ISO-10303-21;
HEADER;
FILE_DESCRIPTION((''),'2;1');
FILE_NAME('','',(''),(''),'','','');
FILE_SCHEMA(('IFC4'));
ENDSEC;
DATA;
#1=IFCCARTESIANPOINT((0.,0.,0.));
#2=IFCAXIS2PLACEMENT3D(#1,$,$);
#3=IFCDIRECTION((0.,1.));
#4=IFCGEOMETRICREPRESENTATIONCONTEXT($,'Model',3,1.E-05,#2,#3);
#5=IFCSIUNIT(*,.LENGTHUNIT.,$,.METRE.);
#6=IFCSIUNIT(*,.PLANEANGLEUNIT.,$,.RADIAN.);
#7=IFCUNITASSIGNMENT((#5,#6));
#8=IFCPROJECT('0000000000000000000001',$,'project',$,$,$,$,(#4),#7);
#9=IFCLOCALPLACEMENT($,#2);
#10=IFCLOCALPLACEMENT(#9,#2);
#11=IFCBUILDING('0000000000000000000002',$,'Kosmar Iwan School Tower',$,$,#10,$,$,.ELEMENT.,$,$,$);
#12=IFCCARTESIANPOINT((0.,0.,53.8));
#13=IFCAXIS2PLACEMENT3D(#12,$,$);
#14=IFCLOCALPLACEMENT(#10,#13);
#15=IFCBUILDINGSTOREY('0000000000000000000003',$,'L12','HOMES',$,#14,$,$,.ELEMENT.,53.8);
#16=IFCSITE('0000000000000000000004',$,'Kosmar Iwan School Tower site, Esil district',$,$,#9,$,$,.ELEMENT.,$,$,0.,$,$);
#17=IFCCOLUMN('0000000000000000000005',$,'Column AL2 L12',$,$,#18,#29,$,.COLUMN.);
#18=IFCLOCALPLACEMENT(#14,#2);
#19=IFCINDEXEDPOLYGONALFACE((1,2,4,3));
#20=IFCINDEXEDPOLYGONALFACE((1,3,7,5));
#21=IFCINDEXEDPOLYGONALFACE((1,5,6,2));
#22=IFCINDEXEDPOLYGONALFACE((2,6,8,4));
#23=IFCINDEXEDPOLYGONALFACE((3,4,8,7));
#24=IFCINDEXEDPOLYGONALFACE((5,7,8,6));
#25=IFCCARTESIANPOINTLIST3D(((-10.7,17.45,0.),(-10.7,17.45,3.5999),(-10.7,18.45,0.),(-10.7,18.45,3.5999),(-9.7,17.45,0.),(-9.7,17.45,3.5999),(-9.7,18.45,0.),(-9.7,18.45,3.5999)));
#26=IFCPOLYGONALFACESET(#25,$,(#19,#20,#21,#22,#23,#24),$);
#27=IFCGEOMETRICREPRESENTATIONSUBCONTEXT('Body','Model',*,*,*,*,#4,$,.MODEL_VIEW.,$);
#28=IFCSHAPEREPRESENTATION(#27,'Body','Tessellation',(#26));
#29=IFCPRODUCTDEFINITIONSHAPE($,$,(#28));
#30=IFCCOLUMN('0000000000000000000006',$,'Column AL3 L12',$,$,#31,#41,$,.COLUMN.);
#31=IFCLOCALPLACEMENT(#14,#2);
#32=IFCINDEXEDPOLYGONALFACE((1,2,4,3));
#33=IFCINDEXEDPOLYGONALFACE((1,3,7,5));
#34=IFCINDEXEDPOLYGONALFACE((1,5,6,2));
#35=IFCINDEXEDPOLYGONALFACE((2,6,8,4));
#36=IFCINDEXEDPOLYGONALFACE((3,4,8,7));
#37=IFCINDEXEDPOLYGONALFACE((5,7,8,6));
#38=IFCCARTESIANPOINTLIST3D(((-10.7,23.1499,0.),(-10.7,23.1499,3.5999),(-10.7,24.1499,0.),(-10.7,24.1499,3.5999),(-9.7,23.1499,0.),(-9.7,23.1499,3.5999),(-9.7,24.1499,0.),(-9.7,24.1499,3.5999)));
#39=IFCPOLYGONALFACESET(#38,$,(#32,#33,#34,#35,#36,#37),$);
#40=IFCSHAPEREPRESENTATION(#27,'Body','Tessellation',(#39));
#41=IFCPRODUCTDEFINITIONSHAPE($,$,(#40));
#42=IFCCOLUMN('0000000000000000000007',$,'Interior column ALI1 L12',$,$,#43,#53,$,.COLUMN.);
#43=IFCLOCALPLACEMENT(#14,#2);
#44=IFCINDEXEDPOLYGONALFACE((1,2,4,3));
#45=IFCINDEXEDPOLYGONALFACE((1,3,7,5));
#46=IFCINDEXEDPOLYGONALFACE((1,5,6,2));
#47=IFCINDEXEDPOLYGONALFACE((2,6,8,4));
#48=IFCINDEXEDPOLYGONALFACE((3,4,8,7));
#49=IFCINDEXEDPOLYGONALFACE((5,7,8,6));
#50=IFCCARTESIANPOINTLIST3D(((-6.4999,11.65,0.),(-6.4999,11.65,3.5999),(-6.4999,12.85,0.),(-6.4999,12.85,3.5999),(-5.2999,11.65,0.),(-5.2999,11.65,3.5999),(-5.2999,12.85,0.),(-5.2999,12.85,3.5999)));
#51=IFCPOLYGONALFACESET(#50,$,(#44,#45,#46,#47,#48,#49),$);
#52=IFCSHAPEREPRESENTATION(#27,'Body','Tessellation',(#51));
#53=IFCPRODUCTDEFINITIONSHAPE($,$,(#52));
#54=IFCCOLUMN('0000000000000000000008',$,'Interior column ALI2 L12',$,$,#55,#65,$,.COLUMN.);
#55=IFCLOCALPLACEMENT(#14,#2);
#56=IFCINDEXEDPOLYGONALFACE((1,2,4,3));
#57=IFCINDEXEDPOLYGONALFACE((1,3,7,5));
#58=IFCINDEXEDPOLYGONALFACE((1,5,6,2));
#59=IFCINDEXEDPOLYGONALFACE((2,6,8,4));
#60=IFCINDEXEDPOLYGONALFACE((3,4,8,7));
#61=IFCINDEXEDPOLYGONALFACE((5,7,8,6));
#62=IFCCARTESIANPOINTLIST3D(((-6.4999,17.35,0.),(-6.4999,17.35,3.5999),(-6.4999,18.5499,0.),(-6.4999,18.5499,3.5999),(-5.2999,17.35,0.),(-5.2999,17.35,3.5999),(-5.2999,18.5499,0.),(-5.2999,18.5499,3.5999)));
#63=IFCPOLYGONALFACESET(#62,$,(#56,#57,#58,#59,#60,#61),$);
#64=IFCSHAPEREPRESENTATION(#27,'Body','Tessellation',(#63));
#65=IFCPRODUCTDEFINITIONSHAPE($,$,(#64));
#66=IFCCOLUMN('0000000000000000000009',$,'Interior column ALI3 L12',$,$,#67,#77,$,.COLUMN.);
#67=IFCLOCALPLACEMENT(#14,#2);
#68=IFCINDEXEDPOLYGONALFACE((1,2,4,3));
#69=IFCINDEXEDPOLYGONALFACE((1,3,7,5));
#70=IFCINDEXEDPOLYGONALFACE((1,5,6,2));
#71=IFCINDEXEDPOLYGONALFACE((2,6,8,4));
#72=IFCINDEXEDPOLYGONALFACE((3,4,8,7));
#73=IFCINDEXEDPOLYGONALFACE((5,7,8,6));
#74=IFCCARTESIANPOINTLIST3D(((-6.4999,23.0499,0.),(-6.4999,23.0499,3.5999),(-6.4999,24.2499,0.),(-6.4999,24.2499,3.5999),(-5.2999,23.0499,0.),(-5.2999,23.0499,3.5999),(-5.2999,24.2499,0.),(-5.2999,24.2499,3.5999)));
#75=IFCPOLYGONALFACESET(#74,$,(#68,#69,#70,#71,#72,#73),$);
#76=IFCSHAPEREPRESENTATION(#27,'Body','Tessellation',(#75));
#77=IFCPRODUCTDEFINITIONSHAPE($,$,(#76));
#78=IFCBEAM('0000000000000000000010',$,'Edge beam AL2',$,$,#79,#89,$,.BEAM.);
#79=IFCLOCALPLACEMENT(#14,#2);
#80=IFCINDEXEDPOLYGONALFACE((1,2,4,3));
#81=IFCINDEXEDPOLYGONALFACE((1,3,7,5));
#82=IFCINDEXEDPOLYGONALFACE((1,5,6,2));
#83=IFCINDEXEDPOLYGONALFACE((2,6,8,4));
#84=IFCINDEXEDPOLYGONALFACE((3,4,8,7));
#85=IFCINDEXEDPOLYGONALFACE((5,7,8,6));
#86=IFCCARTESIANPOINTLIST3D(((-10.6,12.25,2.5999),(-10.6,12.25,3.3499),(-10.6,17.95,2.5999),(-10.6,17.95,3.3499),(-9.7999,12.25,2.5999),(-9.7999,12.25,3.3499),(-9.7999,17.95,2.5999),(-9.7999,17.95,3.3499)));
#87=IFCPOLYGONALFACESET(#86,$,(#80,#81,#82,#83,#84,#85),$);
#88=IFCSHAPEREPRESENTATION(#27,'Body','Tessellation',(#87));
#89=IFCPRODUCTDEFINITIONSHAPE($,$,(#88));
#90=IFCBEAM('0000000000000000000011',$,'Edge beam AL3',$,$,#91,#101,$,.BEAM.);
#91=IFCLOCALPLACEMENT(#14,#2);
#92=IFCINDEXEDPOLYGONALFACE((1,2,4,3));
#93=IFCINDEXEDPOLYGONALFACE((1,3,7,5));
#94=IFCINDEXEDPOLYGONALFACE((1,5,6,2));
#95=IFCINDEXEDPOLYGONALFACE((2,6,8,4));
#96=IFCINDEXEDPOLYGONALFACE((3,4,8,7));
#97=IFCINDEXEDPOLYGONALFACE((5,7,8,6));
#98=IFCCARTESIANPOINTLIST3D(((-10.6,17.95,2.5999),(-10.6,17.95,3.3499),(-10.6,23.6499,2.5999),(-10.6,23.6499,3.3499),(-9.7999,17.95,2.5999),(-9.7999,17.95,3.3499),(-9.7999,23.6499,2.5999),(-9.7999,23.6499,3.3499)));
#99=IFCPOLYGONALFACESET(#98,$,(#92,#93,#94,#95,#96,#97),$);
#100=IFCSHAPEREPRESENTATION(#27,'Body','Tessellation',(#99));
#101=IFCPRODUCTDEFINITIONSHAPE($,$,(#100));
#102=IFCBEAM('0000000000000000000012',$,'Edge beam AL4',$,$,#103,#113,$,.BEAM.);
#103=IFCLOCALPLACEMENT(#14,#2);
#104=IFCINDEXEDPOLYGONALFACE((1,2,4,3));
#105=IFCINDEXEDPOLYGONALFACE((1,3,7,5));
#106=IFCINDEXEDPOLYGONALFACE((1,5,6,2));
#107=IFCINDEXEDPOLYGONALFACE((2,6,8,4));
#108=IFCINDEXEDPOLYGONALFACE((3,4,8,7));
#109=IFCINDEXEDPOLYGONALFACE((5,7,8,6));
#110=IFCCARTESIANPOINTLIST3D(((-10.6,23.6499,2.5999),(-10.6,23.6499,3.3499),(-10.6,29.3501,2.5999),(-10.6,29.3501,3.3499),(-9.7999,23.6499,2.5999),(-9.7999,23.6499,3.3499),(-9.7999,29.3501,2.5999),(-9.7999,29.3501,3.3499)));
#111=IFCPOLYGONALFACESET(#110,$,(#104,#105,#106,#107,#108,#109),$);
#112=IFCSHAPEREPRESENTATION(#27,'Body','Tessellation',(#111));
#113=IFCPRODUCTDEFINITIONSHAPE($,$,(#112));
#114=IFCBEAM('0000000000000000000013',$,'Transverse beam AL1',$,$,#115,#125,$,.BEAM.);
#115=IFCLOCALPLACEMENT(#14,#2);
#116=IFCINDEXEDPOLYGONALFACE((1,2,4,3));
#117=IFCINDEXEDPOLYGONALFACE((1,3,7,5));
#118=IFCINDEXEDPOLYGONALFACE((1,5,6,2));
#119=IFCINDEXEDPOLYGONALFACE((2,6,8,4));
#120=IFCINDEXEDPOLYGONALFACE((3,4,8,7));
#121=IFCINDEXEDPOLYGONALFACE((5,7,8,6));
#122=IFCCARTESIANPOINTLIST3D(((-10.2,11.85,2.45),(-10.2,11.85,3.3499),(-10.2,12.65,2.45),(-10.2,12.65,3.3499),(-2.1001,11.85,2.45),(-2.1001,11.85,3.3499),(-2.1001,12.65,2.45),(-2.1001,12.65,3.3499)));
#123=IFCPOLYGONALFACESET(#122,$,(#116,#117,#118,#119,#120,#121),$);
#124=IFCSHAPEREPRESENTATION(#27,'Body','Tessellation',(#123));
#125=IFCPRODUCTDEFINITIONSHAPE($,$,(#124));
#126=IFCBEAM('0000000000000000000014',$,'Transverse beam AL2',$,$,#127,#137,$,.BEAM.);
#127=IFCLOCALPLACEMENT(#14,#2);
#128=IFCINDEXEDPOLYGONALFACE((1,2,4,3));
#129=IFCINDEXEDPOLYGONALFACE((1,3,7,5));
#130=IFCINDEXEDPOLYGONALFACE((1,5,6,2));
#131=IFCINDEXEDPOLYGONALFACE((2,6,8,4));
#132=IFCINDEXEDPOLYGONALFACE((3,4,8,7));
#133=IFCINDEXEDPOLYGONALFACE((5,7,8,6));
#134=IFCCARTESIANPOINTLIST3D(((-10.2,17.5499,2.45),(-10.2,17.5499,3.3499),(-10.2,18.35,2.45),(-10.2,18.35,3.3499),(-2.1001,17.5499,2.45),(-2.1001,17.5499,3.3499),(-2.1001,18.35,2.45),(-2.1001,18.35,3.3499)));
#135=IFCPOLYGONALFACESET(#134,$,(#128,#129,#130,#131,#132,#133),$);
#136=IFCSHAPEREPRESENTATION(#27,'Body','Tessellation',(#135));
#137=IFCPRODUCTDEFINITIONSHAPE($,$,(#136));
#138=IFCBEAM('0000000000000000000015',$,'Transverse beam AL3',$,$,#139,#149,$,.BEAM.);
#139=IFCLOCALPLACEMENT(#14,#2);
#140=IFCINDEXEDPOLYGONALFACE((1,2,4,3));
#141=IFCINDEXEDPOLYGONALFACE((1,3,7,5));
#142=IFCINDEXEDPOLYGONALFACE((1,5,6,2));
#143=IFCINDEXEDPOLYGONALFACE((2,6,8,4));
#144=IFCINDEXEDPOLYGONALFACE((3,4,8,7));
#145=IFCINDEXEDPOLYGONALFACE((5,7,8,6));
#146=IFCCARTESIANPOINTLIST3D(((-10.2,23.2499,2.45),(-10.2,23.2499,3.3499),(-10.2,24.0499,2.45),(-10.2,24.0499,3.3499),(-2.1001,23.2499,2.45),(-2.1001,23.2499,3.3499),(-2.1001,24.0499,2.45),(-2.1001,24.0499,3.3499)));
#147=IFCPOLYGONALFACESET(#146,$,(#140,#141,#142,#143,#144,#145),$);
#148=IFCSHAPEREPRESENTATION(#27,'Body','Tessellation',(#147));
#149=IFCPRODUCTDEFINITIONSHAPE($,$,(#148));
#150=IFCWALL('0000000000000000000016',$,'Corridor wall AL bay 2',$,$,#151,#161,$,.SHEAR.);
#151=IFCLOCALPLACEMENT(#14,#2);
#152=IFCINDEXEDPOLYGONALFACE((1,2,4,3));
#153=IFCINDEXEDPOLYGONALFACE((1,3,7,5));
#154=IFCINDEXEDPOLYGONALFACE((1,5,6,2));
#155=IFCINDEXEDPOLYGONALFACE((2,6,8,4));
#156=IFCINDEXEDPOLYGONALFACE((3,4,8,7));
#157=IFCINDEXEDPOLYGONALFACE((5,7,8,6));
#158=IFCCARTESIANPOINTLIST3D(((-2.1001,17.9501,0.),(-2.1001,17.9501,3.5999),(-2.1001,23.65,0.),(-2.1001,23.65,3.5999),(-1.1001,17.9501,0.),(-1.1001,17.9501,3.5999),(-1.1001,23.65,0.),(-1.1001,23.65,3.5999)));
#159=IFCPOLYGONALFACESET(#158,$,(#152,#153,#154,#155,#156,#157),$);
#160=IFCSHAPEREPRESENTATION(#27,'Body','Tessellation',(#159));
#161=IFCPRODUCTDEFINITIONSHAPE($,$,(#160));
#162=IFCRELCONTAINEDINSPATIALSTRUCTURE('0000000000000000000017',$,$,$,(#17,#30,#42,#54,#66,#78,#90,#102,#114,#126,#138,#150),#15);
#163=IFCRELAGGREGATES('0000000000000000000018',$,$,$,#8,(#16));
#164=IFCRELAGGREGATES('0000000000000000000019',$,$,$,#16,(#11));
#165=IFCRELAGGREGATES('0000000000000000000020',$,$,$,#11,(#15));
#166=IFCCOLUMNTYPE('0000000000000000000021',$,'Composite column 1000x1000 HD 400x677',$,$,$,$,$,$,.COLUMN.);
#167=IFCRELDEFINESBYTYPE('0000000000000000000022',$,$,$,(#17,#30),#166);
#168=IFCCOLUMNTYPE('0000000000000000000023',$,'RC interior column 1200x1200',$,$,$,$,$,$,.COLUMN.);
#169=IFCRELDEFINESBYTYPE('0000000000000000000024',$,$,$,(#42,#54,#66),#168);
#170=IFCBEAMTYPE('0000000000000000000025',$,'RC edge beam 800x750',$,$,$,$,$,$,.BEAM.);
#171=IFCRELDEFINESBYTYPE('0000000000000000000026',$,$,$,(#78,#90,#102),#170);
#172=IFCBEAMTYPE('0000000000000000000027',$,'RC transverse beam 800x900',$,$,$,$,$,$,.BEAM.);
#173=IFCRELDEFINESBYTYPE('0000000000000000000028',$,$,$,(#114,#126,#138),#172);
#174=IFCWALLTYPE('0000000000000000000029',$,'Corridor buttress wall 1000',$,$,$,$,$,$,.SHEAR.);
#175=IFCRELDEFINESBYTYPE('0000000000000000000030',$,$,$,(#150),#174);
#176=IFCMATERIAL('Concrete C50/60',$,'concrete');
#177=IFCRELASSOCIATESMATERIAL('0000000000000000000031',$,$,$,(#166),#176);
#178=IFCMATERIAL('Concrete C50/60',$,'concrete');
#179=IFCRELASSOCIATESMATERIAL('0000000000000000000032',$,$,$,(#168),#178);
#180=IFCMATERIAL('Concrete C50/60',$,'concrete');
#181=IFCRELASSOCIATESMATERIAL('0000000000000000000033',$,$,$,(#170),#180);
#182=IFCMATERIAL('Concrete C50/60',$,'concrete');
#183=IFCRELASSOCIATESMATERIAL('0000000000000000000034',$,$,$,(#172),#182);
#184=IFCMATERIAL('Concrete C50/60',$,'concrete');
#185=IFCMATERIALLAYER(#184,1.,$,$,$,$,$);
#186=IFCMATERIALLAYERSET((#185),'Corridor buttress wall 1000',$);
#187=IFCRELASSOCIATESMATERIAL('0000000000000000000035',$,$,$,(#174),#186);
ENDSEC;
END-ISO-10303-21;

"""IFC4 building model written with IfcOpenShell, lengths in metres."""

from ifc_helpers import new_model, si_unit, direction, frame, frame_2d, origin, origin_2d, place, context, subcontext, project, spatial, rectangle, extrude, material, layer, layer_set, material_profile, profile_set, type_object, element, save


model = new_model("IFC4")

# Units and contexts
model_context = context("Model", 3, precision=1e-05, world=origin(), true_north=direction((0.0, 1.0)))
body_context = subcontext(model_context, "Body", "Model", "MODEL_VIEW")
ifc_project = project(units=[si_unit("LENGTHUNIT", "METRE"), si_unit("PLANEANGLEUNIT", "RADIAN")], contexts=[model_context])

# Site, building, storey
site_placement = place(None, origin())
site = spatial("IfcSite", under=ifc_project, at=site_placement, Name="Kosmar Iwan School Tower site, Esil district", CompositionType="ELEMENT", RefElevation=0.0)
building_placement = place(site_placement, origin())
building = spatial("IfcBuilding", under=site, at=building_placement, Name="Kosmar Iwan School Tower", CompositionType="ELEMENT")
storey_placement = place(building_placement, frame((0.0, 0.0, 53.8)))
storey = spatial("IfcBuildingStorey", under=building, at=storey_placement, Name="L12", Description="HOMES", CompositionType="ELEMENT", Elevation=53.8)

# Columns
ifc_material_1 = material(Name="Concrete C50/60", Category="concrete")
ifc_material_profile_1 = material_profile(ifc_material_1, rectangle(XDim=1.0, YDim=1.0, at=origin_2d()), Name="RC 1000x1000 + HD 400x677")
ifc_profile_set_1 = profile_set([ifc_material_profile_1], Name="Concrete C50/60")
column_type_1 = type_object("IfcColumnType", Name="Composite column 1000x1000 HD 400x677", PredefinedType="COLUMN", material=ifc_profile_set_1)
for number, where, z_axis, x_axis, name in (
    (1, (-10.2, 17.95, 0.0), (0.0, 0.0, 1.0), (0.0, 1.0, 0.0), "Column AL2 L12"),
    (2, (-10.2, 23.6499, 0.0), (0.0, 0.0, 1.0), (0.0, 1.0, 0.0), "Column AL3 L12"),
):
    element("IfcColumn", number, at=place(storey_placement, frame(where, z_axis=z_axis, x_axis=x_axis)), inside=storey, type_object=column_type_1, Name=name, PredefinedType="COLUMN", context=body_context, shape_type="SweptSolid", body=[
        extrude(rectangle(XDim=1.0, YDim=1.0, at=origin_2d()), origin(), (0.0, 0.0, 1.0), 3.5999),
    ])
ifc_material_2 = material(Name="Concrete C50/60", Category="concrete")
ifc_material_profile_2 = material_profile(ifc_material_2, rectangle(XDim=1.2, YDim=1.2, at=origin_2d()), Name="RC 1200x1200")
ifc_profile_set_2 = profile_set([ifc_material_profile_2], Name="Concrete C50/60")
column_type_2 = type_object("IfcColumnType", Name="RC interior column 1200x1200", PredefinedType="COLUMN", material=ifc_profile_set_2)
for number, where, z_axis, x_axis, name in (
    (3, (-5.8999, 12.25, 0.0), (0.0, 0.0, 1.0), (0.0, 1.0, 0.0), "Interior column ALI1 L12"),
    (4, (-5.8999, 17.95, 0.0), (0.0, 0.0, 1.0), (0.0, 1.0, 0.0), "Interior column ALI2 L12"),
    (5, (-5.8999, 23.6499, 0.0), (0.0, 0.0, 1.0), (0.0, 1.0, 0.0), "Interior column ALI3 L12"),
):
    element("IfcColumn", number, at=place(storey_placement, frame(where, z_axis=z_axis, x_axis=x_axis)), inside=storey, type_object=column_type_2, Name=name, PredefinedType="COLUMN", context=body_context, shape_type="SweptSolid", body=[
        extrude(rectangle(XDim=1.2, YDim=1.2, at=origin_2d()), origin(), (0.0, 0.0, 1.0), 3.5999),
    ])

# Beams
ifc_material_3 = material(Name="Concrete C50/60", Category="concrete")
ifc_material_profile_3 = material_profile(ifc_material_3, rectangle(XDim=0.8, YDim=0.75, at=origin_2d()), Name="RC 800x750")
ifc_profile_set_3 = profile_set([ifc_material_profile_3], Name="Concrete C50/60")
beam_type_1 = type_object("IfcBeamType", Name="RC edge beam 800x750", PredefinedType="BEAM", material=ifc_profile_set_3)
for number, where, z_axis, x_axis, name in (
    (6, (-10.2, 12.25, 2.9749), (0.0, 1.0, 0.0), (-1.0, 0.0, 0.0), "Edge beam AL2"),
    (7, (-10.2, 17.95, 2.9749), (0.0, 1.0, 0.0), (-1.0, 0.0, 0.0), "Edge beam AL3"),
):
    element("IfcBeam", number, at=place(storey_placement, frame(where, z_axis=z_axis, x_axis=x_axis)), inside=storey, type_object=beam_type_1, Name=name, PredefinedType="BEAM", context=body_context, shape_type="SweptSolid", body=[
        extrude(rectangle(XDim=0.8, YDim=0.75, at=origin_2d()), origin(), (0.0, 0.0, 1.0), 5.7),
    ])
beam_placement = place(storey_placement, frame((-10.2, 23.6499, 2.9749), z_axis=(0.0, 1.0, 0.0), x_axis=(-1.0, 0.0, 0.0)))
element("IfcBeam", 8, at=beam_placement, inside=storey, type_object=beam_type_1, Name="Edge beam AL4", PredefinedType="BEAM", context=body_context, shape_type="SweptSolid", body=[
    extrude(rectangle(XDim=0.8, YDim=0.75, at=origin_2d()), origin(), (0.0, 0.0, 1.0), 5.7002),
])
ifc_material_4 = material(Name="Concrete C50/60", Category="concrete")
ifc_material_profile_4 = material_profile(ifc_material_4, rectangle(XDim=0.8, YDim=0.8999, at=origin_2d()), Name="RC 800x900")
ifc_profile_set_4 = profile_set([ifc_material_profile_4], Name="Concrete C50/60")
beam_type_2 = type_object("IfcBeamType", Name="RC transverse beam 800x900", PredefinedType="BEAM", material=ifc_profile_set_4)
for number, where, z_axis, x_axis, name in (
    (9, (-10.2, 12.25, 2.8999), (1.0, 0.0, 0.0), (0.0, 1.0, 0.0), "Transverse beam AL1"),
    (10, (-10.2, 17.95, 2.8999), (1.0, 0.0, 0.0), (0.0, 1.0, 0.0), "Transverse beam AL2"),
    (11, (-10.2, 23.6499, 2.8999), (1.0, 0.0, 0.0), (0.0, 1.0, 0.0), "Transverse beam AL3"),
):
    element("IfcBeam", number, at=place(storey_placement, frame(where, z_axis=z_axis, x_axis=x_axis)), inside=storey, type_object=beam_type_2, Name=name, PredefinedType="BEAM", context=body_context, shape_type="SweptSolid", body=[
        extrude(rectangle(XDim=0.8, YDim=0.8999, at=origin_2d()), origin(), (0.0, 0.0, 1.0), 8.0999),
    ])

# Wall
ifc_material_5 = material(Name="Concrete C50/60", Category="concrete")
ifc_layer_1 = layer(ifc_material_5, 1.0)
ifc_layer_set_1 = layer_set([ifc_layer_1], Name="Corridor buttress wall 1000")
wall_type_1 = type_object("IfcWallType", Name="Corridor buttress wall 1000", PredefinedType="SHEAR", material=ifc_layer_set_1)
wall_1_placement = place(storey_placement, frame((-1.6001, 17.95, 0.0), z_axis=(0.0, 0.0, 1.0), x_axis=(0.0, 1.0, 0.0)))
element("IfcWall", 12, at=wall_1_placement, inside=storey, type_object=wall_type_1, Name="Corridor wall AL bay 2", PredefinedType="SHEAR", context=body_context, shape_type="SweptSolid", body=[
    extrude(rectangle(XDim=5.7, YDim=1.0, at=frame_2d((2.8501, 0.0))), origin(), (0.0, 0.0, 1.0), 3.5999),
])

save(model, "model.ifc")
